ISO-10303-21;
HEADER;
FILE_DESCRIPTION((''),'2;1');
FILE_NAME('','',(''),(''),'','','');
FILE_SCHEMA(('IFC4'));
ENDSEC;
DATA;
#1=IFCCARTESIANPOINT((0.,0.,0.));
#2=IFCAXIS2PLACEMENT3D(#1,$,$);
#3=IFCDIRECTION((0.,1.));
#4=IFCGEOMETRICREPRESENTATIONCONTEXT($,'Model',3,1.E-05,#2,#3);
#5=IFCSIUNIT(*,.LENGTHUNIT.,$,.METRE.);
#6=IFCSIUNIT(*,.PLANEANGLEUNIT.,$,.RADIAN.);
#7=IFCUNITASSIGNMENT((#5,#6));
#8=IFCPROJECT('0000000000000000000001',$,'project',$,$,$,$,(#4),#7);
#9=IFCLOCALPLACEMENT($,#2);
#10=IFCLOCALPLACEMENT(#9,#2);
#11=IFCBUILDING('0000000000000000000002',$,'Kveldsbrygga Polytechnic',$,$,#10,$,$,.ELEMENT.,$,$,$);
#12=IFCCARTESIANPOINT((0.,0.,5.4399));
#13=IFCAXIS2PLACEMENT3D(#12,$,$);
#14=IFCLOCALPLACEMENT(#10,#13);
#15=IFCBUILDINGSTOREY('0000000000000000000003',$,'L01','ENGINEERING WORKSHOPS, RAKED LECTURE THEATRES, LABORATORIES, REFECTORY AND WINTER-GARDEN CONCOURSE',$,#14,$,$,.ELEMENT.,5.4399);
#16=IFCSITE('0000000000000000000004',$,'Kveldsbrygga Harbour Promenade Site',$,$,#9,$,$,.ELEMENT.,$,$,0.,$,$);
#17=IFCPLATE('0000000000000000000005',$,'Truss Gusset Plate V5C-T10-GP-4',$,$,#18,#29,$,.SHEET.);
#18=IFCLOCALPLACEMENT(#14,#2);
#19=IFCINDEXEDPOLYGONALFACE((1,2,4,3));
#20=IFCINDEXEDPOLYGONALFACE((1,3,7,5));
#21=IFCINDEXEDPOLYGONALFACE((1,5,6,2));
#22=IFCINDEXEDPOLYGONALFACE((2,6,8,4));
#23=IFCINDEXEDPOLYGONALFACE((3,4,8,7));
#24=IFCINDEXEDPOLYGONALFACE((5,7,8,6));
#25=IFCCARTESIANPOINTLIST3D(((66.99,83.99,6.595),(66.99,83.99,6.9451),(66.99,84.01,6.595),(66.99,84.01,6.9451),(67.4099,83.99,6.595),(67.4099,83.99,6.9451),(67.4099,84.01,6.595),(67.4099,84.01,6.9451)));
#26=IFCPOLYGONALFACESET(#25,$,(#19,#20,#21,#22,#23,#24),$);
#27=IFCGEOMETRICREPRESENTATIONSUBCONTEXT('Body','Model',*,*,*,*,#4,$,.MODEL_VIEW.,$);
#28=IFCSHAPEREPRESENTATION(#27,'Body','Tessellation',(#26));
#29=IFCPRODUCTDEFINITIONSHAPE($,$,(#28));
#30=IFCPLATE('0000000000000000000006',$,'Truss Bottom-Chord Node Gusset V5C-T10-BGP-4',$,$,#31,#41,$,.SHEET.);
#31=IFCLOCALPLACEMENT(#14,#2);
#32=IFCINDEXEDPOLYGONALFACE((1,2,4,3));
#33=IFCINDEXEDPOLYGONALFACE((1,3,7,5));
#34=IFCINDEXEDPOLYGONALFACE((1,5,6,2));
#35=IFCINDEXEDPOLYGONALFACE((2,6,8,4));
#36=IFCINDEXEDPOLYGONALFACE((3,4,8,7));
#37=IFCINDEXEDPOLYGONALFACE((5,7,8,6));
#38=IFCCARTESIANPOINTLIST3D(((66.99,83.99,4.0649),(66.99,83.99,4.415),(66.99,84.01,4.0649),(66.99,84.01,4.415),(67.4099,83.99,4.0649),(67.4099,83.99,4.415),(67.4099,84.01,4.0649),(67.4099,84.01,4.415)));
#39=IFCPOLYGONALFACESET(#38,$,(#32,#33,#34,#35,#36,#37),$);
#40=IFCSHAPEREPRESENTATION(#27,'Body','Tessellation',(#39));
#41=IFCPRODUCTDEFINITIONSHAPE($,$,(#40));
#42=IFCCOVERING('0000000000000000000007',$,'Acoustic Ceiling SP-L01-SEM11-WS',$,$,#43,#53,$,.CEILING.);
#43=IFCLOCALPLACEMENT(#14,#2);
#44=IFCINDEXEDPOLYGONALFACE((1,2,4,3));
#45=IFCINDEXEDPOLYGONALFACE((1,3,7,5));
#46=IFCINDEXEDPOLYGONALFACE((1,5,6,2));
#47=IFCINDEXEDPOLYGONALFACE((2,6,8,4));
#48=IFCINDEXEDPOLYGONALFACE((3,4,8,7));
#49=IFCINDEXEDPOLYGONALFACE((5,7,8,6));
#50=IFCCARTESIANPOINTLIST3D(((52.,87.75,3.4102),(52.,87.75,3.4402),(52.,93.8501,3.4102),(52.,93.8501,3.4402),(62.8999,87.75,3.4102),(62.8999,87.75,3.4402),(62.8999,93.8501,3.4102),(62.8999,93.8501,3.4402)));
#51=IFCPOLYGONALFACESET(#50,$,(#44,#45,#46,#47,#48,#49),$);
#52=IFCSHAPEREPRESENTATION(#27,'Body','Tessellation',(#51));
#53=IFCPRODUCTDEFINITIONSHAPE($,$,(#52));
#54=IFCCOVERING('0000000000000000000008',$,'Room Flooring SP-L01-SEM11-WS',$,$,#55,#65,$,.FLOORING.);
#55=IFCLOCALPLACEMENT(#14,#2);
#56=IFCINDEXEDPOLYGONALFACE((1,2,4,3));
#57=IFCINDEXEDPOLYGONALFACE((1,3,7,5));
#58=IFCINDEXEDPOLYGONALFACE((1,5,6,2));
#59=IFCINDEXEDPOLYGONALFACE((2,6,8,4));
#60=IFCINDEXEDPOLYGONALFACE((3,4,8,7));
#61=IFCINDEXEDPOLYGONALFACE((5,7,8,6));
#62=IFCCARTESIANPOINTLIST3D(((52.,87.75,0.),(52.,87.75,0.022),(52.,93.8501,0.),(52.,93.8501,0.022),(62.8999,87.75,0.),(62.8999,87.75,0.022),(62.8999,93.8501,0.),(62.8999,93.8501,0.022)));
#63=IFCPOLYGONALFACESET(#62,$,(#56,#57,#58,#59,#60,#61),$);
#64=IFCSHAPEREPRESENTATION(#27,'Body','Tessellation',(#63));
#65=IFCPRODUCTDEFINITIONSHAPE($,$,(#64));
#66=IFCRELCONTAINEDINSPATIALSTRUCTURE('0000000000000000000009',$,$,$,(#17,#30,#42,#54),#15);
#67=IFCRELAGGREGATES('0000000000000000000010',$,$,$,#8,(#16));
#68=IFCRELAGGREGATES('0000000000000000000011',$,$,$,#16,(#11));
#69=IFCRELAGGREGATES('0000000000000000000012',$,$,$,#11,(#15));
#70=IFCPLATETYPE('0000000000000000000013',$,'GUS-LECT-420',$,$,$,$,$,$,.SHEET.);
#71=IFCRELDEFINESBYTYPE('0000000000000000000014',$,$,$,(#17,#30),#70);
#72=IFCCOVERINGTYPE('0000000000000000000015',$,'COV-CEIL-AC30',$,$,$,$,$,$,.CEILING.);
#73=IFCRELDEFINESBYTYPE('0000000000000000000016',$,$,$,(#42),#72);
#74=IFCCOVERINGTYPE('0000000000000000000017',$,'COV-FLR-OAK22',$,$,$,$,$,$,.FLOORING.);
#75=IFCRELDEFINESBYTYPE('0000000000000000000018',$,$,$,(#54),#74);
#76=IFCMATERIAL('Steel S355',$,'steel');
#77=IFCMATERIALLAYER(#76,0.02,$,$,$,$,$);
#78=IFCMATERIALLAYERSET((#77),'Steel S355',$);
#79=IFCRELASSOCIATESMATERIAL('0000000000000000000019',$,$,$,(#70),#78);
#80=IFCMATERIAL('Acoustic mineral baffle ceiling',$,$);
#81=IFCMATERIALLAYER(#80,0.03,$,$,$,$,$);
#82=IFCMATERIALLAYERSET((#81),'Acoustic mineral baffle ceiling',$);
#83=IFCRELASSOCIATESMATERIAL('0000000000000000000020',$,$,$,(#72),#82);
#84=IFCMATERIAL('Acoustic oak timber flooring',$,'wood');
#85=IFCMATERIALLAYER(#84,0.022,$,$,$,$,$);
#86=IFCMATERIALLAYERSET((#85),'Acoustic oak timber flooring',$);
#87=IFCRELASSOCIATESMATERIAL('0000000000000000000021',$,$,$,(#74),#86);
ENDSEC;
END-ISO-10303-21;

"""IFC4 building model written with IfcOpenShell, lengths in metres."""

from ifc_helpers import new_model, si_unit, direction, frame, origin, origin_2d, place, context, subcontext, project, spatial, rectangle, extrude, material, layer, layer_set, type_object, element, save


model = new_model("IFC4")

# Units and contexts
model_context = context("Model", 3, precision=1e-05, world=origin(), true_north=direction((0.0, 1.0)))
body_context = subcontext(model_context, "Body", "Model", "MODEL_VIEW")
ifc_project = project(units=[si_unit("LENGTHUNIT", "METRE"), si_unit("PLANEANGLEUNIT", "RADIAN")], contexts=[model_context])

# Site, building, storey
site_placement = place(None, origin())
site = spatial("IfcSite", under=ifc_project, at=site_placement, Name="Kveldsbrygga Harbour Promenade Site", CompositionType="ELEMENT", RefElevation=0.0)
building_placement = place(site_placement, origin())
building = spatial("IfcBuilding", under=site, at=building_placement, Name="Kveldsbrygga Polytechnic", CompositionType="ELEMENT")
storey_placement = place(building_placement, frame((0.0, 0.0, 5.4399)))
storey = spatial("IfcBuildingStorey", under=building, at=storey_placement, Name="L01", Description="ENGINEERING WORKSHOPS, RAKED LECTURE THEATRES, LABORATORIES, REFECTORY AND WINTER-GARDEN CONCOURSE", CompositionType="ELEMENT", Elevation=5.4399)

# Shared definitions
ifc_material_1 = material(Name="Steel S355", Category="steel")

# Plates
ifc_layer_1 = layer(ifc_material_1, 0.02)
ifc_layer_set_1 = layer_set([ifc_layer_1], Name="Steel S355")
plate_type_1 = type_object("IfcPlateType", Name="GUS-LECT-420", PredefinedType="SHEET", material=ifc_layer_set_1)
for number, where, z_axis, x_axis, name in (
    (1, (67.2, 84.0, 6.595), (0.0, 0.0, 1.0), (1.0, 0.0, 0.0), "Truss Gusset Plate V5C-T10-GP-4"),
    (2, (67.2, 84.0, 4.0649), (0.0, 0.0, 1.0), (1.0, 0.0, 0.0), "Truss Bottom-Chord Node Gusset V5C-T10-BGP-4"),
):
    element("IfcPlate", number, at=place(storey_placement, frame(where, z_axis=z_axis, x_axis=x_axis)), inside=storey, type_object=plate_type_1, Name=name, PredefinedType="SHEET", context=body_context, shape_type="SweptSolid", body=[
        extrude(rectangle(XDim=0.4199, YDim=0.02, at=origin_2d()), origin(), (0.0, 0.0, 1.0), 0.3501),
    ])

# Coverings
ifc_material_2 = material(Name="Acoustic mineral baffle ceiling")
ifc_layer_2 = layer(ifc_material_2, 0.03)
ifc_layer_set_2 = layer_set([ifc_layer_2], Name="Acoustic mineral baffle ceiling")
covering_type_1 = type_object("IfcCoveringType", Name="COV-CEIL-AC30", PredefinedType="CEILING", material=ifc_layer_set_2)
covering_1_placement = place(storey_placement, frame((57.45, 90.8, 3.4102), z_axis=(0.0, 0.0, 1.0), x_axis=(1.0, 0.0, 0.0)))
element("IfcCovering", 3, at=covering_1_placement, inside=storey, type_object=covering_type_1, Name="Acoustic Ceiling SP-L01-SEM11-WS", PredefinedType="CEILING", context=body_context, shape_type="SweptSolid", body=[
    extrude(rectangle(XDim=10.8999, YDim=6.1001, at=origin_2d()), origin(), (0.0, 0.0, 1.0), 0.03),
])
ifc_material_3 = material(Name="Acoustic oak timber flooring", Category="wood")
ifc_layer_3 = layer(ifc_material_3, 0.022)
ifc_layer_set_3 = layer_set([ifc_layer_3], Name="Acoustic oak timber flooring")
covering_type_2 = type_object("IfcCoveringType", Name="COV-FLR-OAK22", PredefinedType="FLOORING", material=ifc_layer_set_3)
covering_2_placement = place(storey_placement, frame((57.45, 90.8, 0.0), z_axis=(0.0, 0.0, 1.0), x_axis=(1.0, 0.0, 0.0)))
element("IfcCovering", 4, at=covering_2_placement, inside=storey, type_object=covering_type_2, Name="Room Flooring SP-L01-SEM11-WS", PredefinedType="FLOORING", context=body_context, shape_type="SweptSolid", body=[
    extrude(rectangle(XDim=10.8999, YDim=6.1001, at=origin_2d()), origin(), (0.0, 0.0, 1.0), 0.022),
])

save(model, "model.ifc")
